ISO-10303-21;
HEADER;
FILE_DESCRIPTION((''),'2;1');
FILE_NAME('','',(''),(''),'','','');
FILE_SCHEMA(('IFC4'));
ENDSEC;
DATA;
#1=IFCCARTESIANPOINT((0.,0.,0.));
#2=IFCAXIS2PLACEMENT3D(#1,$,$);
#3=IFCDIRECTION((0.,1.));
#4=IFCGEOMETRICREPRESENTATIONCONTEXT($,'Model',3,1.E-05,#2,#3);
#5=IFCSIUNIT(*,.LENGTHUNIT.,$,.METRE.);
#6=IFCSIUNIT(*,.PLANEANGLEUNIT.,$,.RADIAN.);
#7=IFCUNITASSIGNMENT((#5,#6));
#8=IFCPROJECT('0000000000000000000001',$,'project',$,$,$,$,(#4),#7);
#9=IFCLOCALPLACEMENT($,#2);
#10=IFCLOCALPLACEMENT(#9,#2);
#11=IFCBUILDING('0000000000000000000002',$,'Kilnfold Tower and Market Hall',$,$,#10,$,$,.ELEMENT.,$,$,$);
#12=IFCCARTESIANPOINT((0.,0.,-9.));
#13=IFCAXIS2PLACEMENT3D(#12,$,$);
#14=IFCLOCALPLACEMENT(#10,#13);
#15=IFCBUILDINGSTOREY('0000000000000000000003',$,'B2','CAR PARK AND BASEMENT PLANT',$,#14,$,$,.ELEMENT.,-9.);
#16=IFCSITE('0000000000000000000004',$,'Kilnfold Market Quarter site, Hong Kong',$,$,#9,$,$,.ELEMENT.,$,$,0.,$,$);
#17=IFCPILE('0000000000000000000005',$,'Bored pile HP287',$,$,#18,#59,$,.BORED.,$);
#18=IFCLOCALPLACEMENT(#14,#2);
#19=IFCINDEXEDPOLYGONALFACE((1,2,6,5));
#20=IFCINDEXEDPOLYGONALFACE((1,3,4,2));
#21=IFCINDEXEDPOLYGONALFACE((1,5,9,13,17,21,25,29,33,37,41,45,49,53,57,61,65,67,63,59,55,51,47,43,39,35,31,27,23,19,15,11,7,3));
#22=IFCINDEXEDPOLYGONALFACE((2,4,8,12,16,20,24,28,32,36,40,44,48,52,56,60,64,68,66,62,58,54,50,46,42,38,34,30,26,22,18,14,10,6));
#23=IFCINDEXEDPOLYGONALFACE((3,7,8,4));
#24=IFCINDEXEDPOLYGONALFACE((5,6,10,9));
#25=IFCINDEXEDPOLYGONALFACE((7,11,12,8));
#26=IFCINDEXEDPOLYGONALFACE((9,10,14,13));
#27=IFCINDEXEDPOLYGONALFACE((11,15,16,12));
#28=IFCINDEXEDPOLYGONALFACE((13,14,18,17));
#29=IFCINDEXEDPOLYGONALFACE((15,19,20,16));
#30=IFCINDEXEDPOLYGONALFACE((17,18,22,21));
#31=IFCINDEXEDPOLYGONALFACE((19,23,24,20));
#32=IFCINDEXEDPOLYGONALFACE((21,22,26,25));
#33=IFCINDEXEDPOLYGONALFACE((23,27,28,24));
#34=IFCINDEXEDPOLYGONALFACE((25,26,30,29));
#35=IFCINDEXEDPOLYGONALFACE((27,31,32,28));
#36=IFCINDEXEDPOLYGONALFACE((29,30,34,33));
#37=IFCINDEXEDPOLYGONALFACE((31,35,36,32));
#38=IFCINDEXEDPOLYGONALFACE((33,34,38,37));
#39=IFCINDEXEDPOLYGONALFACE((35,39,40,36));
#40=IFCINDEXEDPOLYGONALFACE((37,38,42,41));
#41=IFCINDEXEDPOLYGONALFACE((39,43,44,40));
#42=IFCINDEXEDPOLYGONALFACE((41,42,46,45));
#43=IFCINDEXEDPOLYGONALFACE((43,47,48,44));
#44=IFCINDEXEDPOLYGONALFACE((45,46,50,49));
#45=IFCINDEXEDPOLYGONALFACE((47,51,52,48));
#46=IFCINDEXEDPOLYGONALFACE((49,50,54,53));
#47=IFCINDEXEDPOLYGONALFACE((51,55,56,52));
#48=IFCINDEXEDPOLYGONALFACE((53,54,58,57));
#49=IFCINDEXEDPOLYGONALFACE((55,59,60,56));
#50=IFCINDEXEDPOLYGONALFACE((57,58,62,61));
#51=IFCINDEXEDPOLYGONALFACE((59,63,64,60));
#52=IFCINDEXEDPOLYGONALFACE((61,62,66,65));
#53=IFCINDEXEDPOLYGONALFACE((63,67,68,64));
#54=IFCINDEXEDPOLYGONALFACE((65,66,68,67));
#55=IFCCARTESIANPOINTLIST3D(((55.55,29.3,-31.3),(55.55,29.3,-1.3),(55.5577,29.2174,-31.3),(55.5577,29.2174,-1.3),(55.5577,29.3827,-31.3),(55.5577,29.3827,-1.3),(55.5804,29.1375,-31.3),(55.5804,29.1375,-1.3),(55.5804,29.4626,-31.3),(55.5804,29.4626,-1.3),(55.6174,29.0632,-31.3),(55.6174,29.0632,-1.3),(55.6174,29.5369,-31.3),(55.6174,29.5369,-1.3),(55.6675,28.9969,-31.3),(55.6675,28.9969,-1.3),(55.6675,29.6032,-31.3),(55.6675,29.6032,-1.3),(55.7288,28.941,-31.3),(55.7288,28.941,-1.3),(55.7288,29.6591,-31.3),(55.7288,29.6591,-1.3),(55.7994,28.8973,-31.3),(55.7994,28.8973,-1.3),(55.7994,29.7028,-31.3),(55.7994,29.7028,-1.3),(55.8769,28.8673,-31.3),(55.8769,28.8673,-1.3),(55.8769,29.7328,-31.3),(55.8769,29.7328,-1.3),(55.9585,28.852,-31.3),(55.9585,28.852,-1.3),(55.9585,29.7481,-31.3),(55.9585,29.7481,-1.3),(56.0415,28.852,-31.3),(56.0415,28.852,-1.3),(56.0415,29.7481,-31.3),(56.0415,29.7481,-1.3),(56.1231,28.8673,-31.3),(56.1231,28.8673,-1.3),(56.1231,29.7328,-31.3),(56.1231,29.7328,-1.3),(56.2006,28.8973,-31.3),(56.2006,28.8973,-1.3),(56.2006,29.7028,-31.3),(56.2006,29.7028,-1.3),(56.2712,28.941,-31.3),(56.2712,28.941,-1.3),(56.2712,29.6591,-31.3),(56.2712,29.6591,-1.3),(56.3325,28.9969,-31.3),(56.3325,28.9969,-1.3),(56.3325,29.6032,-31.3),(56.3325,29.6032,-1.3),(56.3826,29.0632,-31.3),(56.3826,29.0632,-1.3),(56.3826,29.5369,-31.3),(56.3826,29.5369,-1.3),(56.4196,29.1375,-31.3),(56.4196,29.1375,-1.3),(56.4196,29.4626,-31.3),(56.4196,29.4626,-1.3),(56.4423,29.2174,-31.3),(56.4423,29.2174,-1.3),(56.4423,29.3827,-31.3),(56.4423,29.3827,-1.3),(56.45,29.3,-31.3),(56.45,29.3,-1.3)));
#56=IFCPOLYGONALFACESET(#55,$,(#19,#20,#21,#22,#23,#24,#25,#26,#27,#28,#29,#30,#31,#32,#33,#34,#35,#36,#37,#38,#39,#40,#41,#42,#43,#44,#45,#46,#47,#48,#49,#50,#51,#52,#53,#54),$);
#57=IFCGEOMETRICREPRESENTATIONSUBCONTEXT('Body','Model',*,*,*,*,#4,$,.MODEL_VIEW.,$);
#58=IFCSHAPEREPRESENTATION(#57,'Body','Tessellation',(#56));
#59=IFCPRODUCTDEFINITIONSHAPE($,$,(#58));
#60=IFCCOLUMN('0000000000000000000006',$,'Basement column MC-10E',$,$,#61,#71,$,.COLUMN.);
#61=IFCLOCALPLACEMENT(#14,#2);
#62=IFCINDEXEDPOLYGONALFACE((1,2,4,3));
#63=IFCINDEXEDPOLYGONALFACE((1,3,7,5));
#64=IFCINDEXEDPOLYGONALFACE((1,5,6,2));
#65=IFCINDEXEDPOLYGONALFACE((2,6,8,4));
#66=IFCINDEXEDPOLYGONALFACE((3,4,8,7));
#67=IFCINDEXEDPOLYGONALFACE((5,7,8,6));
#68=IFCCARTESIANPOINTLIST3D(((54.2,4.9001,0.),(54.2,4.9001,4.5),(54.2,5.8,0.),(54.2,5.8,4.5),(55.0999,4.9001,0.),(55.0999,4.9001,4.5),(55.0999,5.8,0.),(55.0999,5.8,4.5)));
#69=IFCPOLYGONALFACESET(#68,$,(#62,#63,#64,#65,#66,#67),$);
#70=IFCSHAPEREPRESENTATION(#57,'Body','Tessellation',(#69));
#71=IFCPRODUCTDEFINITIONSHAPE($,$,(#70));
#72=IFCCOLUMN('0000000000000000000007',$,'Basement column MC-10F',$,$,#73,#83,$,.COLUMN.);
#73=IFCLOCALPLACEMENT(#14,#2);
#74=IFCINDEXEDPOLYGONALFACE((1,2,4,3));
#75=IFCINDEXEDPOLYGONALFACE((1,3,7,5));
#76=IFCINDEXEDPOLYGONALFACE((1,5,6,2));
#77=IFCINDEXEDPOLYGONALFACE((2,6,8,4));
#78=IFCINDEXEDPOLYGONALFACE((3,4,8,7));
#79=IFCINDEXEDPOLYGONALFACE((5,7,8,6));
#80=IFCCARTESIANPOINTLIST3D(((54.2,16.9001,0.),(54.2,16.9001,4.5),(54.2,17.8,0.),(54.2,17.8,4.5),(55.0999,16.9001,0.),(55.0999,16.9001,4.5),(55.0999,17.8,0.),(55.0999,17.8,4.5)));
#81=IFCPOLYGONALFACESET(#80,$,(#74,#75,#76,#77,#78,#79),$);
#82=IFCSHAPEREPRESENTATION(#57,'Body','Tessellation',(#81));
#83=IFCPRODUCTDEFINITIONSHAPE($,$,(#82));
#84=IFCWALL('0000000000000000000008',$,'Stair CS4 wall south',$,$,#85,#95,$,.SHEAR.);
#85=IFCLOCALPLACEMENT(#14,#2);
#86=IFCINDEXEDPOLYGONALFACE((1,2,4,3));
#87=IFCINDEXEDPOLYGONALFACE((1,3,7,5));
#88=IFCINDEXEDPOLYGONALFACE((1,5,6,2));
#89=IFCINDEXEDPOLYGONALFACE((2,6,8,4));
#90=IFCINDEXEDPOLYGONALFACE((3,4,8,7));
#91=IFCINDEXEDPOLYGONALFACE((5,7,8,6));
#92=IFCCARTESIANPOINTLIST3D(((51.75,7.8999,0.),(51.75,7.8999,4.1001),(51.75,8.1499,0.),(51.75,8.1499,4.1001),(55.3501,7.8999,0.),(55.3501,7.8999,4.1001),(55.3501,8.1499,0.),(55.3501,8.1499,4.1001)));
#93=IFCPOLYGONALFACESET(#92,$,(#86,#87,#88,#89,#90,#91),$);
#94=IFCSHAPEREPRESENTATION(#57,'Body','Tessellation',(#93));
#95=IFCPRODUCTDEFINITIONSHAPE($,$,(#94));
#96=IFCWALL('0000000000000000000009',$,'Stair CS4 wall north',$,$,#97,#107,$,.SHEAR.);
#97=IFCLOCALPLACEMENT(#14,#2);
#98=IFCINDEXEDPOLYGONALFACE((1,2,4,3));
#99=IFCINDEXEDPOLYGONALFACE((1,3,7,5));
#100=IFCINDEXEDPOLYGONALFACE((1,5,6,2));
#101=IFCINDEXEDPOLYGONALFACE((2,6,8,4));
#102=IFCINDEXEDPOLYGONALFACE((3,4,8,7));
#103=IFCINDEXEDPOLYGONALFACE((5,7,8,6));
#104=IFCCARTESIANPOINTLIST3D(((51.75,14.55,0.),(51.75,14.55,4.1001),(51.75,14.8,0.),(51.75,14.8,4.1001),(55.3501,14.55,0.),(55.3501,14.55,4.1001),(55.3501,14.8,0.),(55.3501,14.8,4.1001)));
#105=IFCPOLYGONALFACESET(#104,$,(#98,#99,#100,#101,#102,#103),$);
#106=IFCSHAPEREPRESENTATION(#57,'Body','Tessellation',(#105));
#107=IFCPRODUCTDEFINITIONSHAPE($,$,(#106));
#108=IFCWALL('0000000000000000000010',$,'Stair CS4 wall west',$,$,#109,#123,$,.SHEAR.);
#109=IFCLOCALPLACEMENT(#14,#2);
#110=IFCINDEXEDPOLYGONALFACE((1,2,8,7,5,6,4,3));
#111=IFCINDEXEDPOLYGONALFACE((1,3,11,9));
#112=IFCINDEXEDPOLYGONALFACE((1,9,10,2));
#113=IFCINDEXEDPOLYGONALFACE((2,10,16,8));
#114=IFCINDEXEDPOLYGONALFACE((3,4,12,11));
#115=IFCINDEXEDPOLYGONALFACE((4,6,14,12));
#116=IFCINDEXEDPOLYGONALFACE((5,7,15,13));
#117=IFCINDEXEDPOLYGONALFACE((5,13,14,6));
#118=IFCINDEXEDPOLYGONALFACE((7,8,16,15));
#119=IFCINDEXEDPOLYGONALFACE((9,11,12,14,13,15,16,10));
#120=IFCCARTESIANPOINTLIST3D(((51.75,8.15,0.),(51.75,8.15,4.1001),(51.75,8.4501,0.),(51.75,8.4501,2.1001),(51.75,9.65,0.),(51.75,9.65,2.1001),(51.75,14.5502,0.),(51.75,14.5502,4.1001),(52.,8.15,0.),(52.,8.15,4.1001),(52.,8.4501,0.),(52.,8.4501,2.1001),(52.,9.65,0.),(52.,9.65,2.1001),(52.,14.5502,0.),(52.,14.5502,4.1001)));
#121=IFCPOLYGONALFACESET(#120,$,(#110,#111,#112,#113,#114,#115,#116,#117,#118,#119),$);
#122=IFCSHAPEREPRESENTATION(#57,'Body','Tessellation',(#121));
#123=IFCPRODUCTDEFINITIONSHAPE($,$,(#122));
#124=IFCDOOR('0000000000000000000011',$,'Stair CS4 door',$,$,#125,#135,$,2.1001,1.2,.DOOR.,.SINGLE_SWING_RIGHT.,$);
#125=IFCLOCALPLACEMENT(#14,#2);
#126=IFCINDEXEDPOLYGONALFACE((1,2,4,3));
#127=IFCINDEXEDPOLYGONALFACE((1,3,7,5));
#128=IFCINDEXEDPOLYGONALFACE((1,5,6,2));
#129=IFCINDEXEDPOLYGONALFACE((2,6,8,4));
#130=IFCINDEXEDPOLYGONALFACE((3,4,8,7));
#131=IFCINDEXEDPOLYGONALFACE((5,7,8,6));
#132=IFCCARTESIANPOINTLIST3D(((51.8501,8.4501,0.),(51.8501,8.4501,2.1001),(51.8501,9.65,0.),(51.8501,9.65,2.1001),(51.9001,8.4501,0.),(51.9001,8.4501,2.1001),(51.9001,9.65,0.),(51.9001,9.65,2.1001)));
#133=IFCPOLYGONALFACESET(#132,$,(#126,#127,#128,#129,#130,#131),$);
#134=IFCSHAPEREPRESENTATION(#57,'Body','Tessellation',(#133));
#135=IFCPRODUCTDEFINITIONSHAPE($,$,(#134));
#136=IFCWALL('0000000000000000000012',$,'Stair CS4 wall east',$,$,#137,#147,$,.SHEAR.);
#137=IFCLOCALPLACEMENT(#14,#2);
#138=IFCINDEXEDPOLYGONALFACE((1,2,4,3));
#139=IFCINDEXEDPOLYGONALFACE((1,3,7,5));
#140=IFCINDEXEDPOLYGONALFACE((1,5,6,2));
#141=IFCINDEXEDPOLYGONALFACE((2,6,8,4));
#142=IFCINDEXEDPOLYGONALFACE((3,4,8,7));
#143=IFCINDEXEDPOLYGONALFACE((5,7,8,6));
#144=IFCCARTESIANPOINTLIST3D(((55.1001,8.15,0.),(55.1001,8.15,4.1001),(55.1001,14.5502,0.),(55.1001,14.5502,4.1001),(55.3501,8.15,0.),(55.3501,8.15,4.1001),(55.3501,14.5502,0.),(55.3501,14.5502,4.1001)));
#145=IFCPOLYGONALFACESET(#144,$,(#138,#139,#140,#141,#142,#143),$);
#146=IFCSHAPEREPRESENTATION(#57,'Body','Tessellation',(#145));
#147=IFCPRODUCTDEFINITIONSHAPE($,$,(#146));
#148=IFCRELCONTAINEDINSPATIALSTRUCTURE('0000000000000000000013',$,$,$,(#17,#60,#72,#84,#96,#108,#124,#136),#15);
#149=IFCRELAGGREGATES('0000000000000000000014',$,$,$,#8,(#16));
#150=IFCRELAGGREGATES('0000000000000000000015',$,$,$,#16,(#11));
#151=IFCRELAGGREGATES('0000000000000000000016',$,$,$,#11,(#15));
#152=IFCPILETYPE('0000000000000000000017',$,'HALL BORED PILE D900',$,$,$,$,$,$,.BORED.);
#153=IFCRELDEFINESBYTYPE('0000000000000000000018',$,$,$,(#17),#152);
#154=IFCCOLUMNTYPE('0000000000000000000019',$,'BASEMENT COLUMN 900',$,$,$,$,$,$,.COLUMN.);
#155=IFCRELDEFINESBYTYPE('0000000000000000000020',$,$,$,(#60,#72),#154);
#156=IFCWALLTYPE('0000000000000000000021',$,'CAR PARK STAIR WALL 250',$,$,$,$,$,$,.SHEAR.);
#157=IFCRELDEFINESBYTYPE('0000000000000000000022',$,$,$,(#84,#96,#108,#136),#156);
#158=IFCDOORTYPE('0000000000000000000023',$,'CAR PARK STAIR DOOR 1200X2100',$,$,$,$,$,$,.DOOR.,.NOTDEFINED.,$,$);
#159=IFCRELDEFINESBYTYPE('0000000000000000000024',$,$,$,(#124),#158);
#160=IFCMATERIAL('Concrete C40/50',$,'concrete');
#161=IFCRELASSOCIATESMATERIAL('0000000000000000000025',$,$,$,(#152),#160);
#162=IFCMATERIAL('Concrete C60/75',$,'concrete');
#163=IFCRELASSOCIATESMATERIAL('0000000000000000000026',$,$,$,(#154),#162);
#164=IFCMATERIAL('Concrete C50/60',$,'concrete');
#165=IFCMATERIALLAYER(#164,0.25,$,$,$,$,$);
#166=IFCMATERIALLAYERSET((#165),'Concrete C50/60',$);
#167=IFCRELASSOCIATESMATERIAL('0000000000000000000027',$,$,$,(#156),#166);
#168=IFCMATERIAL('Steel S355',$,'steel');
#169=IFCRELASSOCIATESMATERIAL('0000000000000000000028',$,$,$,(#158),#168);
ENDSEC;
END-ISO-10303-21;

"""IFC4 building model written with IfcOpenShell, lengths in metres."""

from ifc_helpers import new_model, si_unit, direction, frame, frame_2d, origin, origin_2d, place, context, subcontext, project, spatial, rectangle, circle, extrude, source, transform, mapped, material, layer, layer_set, material_profile, profile_set, type_object, element, fill, save


model = new_model("IFC4")

# Units and contexts
model_context = context("Model", 3, precision=1e-05, world=origin(), true_north=direction((0.0, 1.0)))
body_context = subcontext(model_context, "Body", "Model", "MODEL_VIEW")
ifc_project = project(units=[si_unit("LENGTHUNIT", "METRE"), si_unit("PLANEANGLEUNIT", "RADIAN")], contexts=[model_context])

# Site, building, storey
site_placement = place(None, origin())
site = spatial("IfcSite", under=ifc_project, at=site_placement, Name="Kilnfold Market Quarter site, Hong Kong", CompositionType="ELEMENT", RefElevation=0.0)
building_placement = place(site_placement, origin())
building = spatial("IfcBuilding", under=site, at=building_placement, Name="Kilnfold Tower and Market Hall", CompositionType="ELEMENT")
storey_placement = place(building_placement, frame((0.0, 0.0, -9.0)))
storey = spatial("IfcBuildingStorey", under=building, at=storey_placement, Name="B2", Description="CAR PARK AND BASEMENT PLANT", CompositionType="ELEMENT", Elevation=-9.0)

# Pile
ifc_material_1 = material(Name="Concrete C40/50", Category="concrete")
ifc_material_profile_1 = material_profile(ifc_material_1, circle(Radius=0.45, at=origin_2d()), Name="D900")
ifc_profile_set_1 = profile_set([ifc_material_profile_1], Name="Concrete C40/50")
pile_type = type_object("IfcPileType", Name="HALL BORED PILE D900", PredefinedType="BORED", material=ifc_profile_set_1)
shared_shape_1 = source(origin(), body_context, "Body", "SweptSolid", [
    extrude(circle(Radius=0.45, at=origin_2d()), origin(), (0.0, 0.0, 1.0), 30.0),
])
for number, where, z_axis, x_axis, name in (
    (1, (56.0, 29.3, -1.3), (0.0, 0.0, -1.0), (1.0, 0.0, 0.0), "Bored pile HP287"),
):
    element("IfcPile", number, at=place(storey_placement, frame(where, z_axis=z_axis, x_axis=x_axis)), inside=storey, type_object=pile_type, Name=name, PredefinedType="BORED", context=body_context, shape_type="MappedRepresentation", body=[
        mapped(shared_shape_1, transform((0.0, 0.0, 0.0))),
    ])

# Columns
ifc_material_2 = material(Name="Concrete C60/75", Category="concrete")
ifc_material_profile_2 = material_profile(ifc_material_2, rectangle(XDim=0.8999, YDim=0.8999, at=origin_2d()), Name="RC 900x900")
ifc_profile_set_2 = profile_set([ifc_material_profile_2], Name="Concrete C60/75")
column_type = type_object("IfcColumnType", Name="BASEMENT COLUMN 900", PredefinedType="COLUMN", material=ifc_profile_set_2)
shared_shape_2 = source(origin(), body_context, "Body", "SweptSolid", [
    extrude(rectangle(XDim=0.8999, YDim=0.8999, at=origin_2d()), origin(), (0.0, 0.0, 1.0), 4.5),
])
for number, where, z_axis, x_axis, name in (
    (2, (54.6499, 5.3501, 0.0), (0.0, 0.0, 1.0), (1.0, 0.0, 0.0), "Basement column MC-10E"),
    (3, (54.6499, 17.3501, 0.0), (0.0, 0.0, 1.0), (1.0, 0.0, 0.0), "Basement column MC-10F"),
):
    element("IfcColumn", number, at=place(storey_placement, frame(where, z_axis=z_axis, x_axis=x_axis)), inside=storey, type_object=column_type, Name=name, PredefinedType="COLUMN", context=body_context, shape_type="MappedRepresentation", body=[
        mapped(shared_shape_2, transform((0.0, 0.0, 0.0))),
    ])

# Walls
ifc_material_3 = material(Name="Concrete C50/60", Category="concrete")
ifc_layer = layer(ifc_material_3, 0.25)
ifc_layer_set = layer_set([ifc_layer], Name="Concrete C50/60")
wall_type = type_object("IfcWallType", Name="CAR PARK STAIR WALL 250", PredefinedType="SHEAR", material=ifc_layer_set)
shared_shape_3 = source(origin(), body_context, "Body", "SweptSolid", [
    extrude(rectangle(XDim=3.6001, YDim=0.25, at=frame_2d((1.8, 0.0))), origin(), (0.0, 0.0, 1.0), 4.1001),
])
for number, where, z_axis, x_axis, name in (
    (4, (51.75, 8.0249, 0.0), (0.0, 0.0, 1.0), (1.0, 0.0, 0.0), "Stair CS4 wall south"),
    (5, (51.75, 14.675, 0.0), (0.0, 0.0, 1.0), (1.0, 0.0, 0.0), "Stair CS4 wall north"),
):
    element("IfcWall", number, at=place(storey_placement, frame(where, z_axis=z_axis, x_axis=x_axis)), inside=storey, type_object=wall_type, Name=name, PredefinedType="SHEAR", context=body_context, shape_type="MappedRepresentation", body=[
        mapped(shared_shape_3, transform((0.0, 0.0, 0.0))),
    ])

# Wall, opening, door
shared_shape_4 = source(origin(), body_context, "Body", "SweptSolid", [
    extrude(rectangle(XDim=6.4001, YDim=0.25, at=frame_2d((3.2002, 0.0))), origin(), (0.0, 0.0, 1.0), 4.1001),
])
wall_1_placement = place(storey_placement, frame((51.875, 8.1499, 0.0), z_axis=(0.0, 0.0, 1.0), x_axis=(0.0, 1.0, 0.0)))
wall_1 = element("IfcWall", 6, at=wall_1_placement, inside=storey, type_object=wall_type, Name="Stair CS4 wall west", PredefinedType="SHEAR", context=body_context, shape_type="MappedRepresentation", body=[
    mapped(shared_shape_4, transform((0.0, 0.0, 0.0))),
])
opening_placement = place(wall_1_placement, frame((0.3, 0.0, 0.0)))
opening = element("IfcOpeningElement", 7, at=opening_placement, cuts=wall_1, PredefinedType="OPENING", context=body_context, shape_type="SweptSolid", body=[
    extrude(rectangle(XDim=1.2, YDim=2.1001, at=frame_2d((0.6001, 1.05))), frame((0.0, 0.135, 0.0), z_axis=(0.0, -1.0, 0.0), x_axis=(1.0, 0.0, 0.0)), (0.0, 0.0, 1.0), 0.27),
])
ifc_material_4 = material(Name="Steel S355", Category="steel")
door_type = type_object("IfcDoorType", Name="CAR PARK STAIR DOOR 1200X2100", OperationType="NOTDEFINED", PredefinedType="DOOR", material=ifc_material_4)
door_placement = place(opening_placement, origin())
door = element("IfcDoor", 8, at=door_placement, inside=storey, type_object=door_type, Name="Stair CS4 door", OperationType="SINGLE_SWING_RIGHT", OverallHeight=2.1001, OverallWidth=1.2, PredefinedType="DOOR", context=body_context, shape_type="SweptSolid", body=[
    extrude(rectangle(XDim=1.2, YDim=2.1001, at=frame_2d((0.6001, 1.05))), frame((0.0, 0.0249, 0.0), z_axis=(0.0, -1.0, 0.0), x_axis=(1.0, 0.0, 0.0)), (0.0, 0.0, 1.0), 0.05),
])
fill(opening, door)

# Wall
wall_2_placement = place(storey_placement, frame((55.2251, 8.1499, 0.0), z_axis=(0.0, 0.0, 1.0), x_axis=(0.0, 1.0, 0.0)))
element("IfcWall", 9, at=wall_2_placement, inside=storey, type_object=wall_type, Name="Stair CS4 wall east", PredefinedType="SHEAR", context=body_context, shape_type="MappedRepresentation", body=[
    mapped(shared_shape_4, transform((0.0, 0.0, 0.0))),
])

save(model, "model.ifc")
